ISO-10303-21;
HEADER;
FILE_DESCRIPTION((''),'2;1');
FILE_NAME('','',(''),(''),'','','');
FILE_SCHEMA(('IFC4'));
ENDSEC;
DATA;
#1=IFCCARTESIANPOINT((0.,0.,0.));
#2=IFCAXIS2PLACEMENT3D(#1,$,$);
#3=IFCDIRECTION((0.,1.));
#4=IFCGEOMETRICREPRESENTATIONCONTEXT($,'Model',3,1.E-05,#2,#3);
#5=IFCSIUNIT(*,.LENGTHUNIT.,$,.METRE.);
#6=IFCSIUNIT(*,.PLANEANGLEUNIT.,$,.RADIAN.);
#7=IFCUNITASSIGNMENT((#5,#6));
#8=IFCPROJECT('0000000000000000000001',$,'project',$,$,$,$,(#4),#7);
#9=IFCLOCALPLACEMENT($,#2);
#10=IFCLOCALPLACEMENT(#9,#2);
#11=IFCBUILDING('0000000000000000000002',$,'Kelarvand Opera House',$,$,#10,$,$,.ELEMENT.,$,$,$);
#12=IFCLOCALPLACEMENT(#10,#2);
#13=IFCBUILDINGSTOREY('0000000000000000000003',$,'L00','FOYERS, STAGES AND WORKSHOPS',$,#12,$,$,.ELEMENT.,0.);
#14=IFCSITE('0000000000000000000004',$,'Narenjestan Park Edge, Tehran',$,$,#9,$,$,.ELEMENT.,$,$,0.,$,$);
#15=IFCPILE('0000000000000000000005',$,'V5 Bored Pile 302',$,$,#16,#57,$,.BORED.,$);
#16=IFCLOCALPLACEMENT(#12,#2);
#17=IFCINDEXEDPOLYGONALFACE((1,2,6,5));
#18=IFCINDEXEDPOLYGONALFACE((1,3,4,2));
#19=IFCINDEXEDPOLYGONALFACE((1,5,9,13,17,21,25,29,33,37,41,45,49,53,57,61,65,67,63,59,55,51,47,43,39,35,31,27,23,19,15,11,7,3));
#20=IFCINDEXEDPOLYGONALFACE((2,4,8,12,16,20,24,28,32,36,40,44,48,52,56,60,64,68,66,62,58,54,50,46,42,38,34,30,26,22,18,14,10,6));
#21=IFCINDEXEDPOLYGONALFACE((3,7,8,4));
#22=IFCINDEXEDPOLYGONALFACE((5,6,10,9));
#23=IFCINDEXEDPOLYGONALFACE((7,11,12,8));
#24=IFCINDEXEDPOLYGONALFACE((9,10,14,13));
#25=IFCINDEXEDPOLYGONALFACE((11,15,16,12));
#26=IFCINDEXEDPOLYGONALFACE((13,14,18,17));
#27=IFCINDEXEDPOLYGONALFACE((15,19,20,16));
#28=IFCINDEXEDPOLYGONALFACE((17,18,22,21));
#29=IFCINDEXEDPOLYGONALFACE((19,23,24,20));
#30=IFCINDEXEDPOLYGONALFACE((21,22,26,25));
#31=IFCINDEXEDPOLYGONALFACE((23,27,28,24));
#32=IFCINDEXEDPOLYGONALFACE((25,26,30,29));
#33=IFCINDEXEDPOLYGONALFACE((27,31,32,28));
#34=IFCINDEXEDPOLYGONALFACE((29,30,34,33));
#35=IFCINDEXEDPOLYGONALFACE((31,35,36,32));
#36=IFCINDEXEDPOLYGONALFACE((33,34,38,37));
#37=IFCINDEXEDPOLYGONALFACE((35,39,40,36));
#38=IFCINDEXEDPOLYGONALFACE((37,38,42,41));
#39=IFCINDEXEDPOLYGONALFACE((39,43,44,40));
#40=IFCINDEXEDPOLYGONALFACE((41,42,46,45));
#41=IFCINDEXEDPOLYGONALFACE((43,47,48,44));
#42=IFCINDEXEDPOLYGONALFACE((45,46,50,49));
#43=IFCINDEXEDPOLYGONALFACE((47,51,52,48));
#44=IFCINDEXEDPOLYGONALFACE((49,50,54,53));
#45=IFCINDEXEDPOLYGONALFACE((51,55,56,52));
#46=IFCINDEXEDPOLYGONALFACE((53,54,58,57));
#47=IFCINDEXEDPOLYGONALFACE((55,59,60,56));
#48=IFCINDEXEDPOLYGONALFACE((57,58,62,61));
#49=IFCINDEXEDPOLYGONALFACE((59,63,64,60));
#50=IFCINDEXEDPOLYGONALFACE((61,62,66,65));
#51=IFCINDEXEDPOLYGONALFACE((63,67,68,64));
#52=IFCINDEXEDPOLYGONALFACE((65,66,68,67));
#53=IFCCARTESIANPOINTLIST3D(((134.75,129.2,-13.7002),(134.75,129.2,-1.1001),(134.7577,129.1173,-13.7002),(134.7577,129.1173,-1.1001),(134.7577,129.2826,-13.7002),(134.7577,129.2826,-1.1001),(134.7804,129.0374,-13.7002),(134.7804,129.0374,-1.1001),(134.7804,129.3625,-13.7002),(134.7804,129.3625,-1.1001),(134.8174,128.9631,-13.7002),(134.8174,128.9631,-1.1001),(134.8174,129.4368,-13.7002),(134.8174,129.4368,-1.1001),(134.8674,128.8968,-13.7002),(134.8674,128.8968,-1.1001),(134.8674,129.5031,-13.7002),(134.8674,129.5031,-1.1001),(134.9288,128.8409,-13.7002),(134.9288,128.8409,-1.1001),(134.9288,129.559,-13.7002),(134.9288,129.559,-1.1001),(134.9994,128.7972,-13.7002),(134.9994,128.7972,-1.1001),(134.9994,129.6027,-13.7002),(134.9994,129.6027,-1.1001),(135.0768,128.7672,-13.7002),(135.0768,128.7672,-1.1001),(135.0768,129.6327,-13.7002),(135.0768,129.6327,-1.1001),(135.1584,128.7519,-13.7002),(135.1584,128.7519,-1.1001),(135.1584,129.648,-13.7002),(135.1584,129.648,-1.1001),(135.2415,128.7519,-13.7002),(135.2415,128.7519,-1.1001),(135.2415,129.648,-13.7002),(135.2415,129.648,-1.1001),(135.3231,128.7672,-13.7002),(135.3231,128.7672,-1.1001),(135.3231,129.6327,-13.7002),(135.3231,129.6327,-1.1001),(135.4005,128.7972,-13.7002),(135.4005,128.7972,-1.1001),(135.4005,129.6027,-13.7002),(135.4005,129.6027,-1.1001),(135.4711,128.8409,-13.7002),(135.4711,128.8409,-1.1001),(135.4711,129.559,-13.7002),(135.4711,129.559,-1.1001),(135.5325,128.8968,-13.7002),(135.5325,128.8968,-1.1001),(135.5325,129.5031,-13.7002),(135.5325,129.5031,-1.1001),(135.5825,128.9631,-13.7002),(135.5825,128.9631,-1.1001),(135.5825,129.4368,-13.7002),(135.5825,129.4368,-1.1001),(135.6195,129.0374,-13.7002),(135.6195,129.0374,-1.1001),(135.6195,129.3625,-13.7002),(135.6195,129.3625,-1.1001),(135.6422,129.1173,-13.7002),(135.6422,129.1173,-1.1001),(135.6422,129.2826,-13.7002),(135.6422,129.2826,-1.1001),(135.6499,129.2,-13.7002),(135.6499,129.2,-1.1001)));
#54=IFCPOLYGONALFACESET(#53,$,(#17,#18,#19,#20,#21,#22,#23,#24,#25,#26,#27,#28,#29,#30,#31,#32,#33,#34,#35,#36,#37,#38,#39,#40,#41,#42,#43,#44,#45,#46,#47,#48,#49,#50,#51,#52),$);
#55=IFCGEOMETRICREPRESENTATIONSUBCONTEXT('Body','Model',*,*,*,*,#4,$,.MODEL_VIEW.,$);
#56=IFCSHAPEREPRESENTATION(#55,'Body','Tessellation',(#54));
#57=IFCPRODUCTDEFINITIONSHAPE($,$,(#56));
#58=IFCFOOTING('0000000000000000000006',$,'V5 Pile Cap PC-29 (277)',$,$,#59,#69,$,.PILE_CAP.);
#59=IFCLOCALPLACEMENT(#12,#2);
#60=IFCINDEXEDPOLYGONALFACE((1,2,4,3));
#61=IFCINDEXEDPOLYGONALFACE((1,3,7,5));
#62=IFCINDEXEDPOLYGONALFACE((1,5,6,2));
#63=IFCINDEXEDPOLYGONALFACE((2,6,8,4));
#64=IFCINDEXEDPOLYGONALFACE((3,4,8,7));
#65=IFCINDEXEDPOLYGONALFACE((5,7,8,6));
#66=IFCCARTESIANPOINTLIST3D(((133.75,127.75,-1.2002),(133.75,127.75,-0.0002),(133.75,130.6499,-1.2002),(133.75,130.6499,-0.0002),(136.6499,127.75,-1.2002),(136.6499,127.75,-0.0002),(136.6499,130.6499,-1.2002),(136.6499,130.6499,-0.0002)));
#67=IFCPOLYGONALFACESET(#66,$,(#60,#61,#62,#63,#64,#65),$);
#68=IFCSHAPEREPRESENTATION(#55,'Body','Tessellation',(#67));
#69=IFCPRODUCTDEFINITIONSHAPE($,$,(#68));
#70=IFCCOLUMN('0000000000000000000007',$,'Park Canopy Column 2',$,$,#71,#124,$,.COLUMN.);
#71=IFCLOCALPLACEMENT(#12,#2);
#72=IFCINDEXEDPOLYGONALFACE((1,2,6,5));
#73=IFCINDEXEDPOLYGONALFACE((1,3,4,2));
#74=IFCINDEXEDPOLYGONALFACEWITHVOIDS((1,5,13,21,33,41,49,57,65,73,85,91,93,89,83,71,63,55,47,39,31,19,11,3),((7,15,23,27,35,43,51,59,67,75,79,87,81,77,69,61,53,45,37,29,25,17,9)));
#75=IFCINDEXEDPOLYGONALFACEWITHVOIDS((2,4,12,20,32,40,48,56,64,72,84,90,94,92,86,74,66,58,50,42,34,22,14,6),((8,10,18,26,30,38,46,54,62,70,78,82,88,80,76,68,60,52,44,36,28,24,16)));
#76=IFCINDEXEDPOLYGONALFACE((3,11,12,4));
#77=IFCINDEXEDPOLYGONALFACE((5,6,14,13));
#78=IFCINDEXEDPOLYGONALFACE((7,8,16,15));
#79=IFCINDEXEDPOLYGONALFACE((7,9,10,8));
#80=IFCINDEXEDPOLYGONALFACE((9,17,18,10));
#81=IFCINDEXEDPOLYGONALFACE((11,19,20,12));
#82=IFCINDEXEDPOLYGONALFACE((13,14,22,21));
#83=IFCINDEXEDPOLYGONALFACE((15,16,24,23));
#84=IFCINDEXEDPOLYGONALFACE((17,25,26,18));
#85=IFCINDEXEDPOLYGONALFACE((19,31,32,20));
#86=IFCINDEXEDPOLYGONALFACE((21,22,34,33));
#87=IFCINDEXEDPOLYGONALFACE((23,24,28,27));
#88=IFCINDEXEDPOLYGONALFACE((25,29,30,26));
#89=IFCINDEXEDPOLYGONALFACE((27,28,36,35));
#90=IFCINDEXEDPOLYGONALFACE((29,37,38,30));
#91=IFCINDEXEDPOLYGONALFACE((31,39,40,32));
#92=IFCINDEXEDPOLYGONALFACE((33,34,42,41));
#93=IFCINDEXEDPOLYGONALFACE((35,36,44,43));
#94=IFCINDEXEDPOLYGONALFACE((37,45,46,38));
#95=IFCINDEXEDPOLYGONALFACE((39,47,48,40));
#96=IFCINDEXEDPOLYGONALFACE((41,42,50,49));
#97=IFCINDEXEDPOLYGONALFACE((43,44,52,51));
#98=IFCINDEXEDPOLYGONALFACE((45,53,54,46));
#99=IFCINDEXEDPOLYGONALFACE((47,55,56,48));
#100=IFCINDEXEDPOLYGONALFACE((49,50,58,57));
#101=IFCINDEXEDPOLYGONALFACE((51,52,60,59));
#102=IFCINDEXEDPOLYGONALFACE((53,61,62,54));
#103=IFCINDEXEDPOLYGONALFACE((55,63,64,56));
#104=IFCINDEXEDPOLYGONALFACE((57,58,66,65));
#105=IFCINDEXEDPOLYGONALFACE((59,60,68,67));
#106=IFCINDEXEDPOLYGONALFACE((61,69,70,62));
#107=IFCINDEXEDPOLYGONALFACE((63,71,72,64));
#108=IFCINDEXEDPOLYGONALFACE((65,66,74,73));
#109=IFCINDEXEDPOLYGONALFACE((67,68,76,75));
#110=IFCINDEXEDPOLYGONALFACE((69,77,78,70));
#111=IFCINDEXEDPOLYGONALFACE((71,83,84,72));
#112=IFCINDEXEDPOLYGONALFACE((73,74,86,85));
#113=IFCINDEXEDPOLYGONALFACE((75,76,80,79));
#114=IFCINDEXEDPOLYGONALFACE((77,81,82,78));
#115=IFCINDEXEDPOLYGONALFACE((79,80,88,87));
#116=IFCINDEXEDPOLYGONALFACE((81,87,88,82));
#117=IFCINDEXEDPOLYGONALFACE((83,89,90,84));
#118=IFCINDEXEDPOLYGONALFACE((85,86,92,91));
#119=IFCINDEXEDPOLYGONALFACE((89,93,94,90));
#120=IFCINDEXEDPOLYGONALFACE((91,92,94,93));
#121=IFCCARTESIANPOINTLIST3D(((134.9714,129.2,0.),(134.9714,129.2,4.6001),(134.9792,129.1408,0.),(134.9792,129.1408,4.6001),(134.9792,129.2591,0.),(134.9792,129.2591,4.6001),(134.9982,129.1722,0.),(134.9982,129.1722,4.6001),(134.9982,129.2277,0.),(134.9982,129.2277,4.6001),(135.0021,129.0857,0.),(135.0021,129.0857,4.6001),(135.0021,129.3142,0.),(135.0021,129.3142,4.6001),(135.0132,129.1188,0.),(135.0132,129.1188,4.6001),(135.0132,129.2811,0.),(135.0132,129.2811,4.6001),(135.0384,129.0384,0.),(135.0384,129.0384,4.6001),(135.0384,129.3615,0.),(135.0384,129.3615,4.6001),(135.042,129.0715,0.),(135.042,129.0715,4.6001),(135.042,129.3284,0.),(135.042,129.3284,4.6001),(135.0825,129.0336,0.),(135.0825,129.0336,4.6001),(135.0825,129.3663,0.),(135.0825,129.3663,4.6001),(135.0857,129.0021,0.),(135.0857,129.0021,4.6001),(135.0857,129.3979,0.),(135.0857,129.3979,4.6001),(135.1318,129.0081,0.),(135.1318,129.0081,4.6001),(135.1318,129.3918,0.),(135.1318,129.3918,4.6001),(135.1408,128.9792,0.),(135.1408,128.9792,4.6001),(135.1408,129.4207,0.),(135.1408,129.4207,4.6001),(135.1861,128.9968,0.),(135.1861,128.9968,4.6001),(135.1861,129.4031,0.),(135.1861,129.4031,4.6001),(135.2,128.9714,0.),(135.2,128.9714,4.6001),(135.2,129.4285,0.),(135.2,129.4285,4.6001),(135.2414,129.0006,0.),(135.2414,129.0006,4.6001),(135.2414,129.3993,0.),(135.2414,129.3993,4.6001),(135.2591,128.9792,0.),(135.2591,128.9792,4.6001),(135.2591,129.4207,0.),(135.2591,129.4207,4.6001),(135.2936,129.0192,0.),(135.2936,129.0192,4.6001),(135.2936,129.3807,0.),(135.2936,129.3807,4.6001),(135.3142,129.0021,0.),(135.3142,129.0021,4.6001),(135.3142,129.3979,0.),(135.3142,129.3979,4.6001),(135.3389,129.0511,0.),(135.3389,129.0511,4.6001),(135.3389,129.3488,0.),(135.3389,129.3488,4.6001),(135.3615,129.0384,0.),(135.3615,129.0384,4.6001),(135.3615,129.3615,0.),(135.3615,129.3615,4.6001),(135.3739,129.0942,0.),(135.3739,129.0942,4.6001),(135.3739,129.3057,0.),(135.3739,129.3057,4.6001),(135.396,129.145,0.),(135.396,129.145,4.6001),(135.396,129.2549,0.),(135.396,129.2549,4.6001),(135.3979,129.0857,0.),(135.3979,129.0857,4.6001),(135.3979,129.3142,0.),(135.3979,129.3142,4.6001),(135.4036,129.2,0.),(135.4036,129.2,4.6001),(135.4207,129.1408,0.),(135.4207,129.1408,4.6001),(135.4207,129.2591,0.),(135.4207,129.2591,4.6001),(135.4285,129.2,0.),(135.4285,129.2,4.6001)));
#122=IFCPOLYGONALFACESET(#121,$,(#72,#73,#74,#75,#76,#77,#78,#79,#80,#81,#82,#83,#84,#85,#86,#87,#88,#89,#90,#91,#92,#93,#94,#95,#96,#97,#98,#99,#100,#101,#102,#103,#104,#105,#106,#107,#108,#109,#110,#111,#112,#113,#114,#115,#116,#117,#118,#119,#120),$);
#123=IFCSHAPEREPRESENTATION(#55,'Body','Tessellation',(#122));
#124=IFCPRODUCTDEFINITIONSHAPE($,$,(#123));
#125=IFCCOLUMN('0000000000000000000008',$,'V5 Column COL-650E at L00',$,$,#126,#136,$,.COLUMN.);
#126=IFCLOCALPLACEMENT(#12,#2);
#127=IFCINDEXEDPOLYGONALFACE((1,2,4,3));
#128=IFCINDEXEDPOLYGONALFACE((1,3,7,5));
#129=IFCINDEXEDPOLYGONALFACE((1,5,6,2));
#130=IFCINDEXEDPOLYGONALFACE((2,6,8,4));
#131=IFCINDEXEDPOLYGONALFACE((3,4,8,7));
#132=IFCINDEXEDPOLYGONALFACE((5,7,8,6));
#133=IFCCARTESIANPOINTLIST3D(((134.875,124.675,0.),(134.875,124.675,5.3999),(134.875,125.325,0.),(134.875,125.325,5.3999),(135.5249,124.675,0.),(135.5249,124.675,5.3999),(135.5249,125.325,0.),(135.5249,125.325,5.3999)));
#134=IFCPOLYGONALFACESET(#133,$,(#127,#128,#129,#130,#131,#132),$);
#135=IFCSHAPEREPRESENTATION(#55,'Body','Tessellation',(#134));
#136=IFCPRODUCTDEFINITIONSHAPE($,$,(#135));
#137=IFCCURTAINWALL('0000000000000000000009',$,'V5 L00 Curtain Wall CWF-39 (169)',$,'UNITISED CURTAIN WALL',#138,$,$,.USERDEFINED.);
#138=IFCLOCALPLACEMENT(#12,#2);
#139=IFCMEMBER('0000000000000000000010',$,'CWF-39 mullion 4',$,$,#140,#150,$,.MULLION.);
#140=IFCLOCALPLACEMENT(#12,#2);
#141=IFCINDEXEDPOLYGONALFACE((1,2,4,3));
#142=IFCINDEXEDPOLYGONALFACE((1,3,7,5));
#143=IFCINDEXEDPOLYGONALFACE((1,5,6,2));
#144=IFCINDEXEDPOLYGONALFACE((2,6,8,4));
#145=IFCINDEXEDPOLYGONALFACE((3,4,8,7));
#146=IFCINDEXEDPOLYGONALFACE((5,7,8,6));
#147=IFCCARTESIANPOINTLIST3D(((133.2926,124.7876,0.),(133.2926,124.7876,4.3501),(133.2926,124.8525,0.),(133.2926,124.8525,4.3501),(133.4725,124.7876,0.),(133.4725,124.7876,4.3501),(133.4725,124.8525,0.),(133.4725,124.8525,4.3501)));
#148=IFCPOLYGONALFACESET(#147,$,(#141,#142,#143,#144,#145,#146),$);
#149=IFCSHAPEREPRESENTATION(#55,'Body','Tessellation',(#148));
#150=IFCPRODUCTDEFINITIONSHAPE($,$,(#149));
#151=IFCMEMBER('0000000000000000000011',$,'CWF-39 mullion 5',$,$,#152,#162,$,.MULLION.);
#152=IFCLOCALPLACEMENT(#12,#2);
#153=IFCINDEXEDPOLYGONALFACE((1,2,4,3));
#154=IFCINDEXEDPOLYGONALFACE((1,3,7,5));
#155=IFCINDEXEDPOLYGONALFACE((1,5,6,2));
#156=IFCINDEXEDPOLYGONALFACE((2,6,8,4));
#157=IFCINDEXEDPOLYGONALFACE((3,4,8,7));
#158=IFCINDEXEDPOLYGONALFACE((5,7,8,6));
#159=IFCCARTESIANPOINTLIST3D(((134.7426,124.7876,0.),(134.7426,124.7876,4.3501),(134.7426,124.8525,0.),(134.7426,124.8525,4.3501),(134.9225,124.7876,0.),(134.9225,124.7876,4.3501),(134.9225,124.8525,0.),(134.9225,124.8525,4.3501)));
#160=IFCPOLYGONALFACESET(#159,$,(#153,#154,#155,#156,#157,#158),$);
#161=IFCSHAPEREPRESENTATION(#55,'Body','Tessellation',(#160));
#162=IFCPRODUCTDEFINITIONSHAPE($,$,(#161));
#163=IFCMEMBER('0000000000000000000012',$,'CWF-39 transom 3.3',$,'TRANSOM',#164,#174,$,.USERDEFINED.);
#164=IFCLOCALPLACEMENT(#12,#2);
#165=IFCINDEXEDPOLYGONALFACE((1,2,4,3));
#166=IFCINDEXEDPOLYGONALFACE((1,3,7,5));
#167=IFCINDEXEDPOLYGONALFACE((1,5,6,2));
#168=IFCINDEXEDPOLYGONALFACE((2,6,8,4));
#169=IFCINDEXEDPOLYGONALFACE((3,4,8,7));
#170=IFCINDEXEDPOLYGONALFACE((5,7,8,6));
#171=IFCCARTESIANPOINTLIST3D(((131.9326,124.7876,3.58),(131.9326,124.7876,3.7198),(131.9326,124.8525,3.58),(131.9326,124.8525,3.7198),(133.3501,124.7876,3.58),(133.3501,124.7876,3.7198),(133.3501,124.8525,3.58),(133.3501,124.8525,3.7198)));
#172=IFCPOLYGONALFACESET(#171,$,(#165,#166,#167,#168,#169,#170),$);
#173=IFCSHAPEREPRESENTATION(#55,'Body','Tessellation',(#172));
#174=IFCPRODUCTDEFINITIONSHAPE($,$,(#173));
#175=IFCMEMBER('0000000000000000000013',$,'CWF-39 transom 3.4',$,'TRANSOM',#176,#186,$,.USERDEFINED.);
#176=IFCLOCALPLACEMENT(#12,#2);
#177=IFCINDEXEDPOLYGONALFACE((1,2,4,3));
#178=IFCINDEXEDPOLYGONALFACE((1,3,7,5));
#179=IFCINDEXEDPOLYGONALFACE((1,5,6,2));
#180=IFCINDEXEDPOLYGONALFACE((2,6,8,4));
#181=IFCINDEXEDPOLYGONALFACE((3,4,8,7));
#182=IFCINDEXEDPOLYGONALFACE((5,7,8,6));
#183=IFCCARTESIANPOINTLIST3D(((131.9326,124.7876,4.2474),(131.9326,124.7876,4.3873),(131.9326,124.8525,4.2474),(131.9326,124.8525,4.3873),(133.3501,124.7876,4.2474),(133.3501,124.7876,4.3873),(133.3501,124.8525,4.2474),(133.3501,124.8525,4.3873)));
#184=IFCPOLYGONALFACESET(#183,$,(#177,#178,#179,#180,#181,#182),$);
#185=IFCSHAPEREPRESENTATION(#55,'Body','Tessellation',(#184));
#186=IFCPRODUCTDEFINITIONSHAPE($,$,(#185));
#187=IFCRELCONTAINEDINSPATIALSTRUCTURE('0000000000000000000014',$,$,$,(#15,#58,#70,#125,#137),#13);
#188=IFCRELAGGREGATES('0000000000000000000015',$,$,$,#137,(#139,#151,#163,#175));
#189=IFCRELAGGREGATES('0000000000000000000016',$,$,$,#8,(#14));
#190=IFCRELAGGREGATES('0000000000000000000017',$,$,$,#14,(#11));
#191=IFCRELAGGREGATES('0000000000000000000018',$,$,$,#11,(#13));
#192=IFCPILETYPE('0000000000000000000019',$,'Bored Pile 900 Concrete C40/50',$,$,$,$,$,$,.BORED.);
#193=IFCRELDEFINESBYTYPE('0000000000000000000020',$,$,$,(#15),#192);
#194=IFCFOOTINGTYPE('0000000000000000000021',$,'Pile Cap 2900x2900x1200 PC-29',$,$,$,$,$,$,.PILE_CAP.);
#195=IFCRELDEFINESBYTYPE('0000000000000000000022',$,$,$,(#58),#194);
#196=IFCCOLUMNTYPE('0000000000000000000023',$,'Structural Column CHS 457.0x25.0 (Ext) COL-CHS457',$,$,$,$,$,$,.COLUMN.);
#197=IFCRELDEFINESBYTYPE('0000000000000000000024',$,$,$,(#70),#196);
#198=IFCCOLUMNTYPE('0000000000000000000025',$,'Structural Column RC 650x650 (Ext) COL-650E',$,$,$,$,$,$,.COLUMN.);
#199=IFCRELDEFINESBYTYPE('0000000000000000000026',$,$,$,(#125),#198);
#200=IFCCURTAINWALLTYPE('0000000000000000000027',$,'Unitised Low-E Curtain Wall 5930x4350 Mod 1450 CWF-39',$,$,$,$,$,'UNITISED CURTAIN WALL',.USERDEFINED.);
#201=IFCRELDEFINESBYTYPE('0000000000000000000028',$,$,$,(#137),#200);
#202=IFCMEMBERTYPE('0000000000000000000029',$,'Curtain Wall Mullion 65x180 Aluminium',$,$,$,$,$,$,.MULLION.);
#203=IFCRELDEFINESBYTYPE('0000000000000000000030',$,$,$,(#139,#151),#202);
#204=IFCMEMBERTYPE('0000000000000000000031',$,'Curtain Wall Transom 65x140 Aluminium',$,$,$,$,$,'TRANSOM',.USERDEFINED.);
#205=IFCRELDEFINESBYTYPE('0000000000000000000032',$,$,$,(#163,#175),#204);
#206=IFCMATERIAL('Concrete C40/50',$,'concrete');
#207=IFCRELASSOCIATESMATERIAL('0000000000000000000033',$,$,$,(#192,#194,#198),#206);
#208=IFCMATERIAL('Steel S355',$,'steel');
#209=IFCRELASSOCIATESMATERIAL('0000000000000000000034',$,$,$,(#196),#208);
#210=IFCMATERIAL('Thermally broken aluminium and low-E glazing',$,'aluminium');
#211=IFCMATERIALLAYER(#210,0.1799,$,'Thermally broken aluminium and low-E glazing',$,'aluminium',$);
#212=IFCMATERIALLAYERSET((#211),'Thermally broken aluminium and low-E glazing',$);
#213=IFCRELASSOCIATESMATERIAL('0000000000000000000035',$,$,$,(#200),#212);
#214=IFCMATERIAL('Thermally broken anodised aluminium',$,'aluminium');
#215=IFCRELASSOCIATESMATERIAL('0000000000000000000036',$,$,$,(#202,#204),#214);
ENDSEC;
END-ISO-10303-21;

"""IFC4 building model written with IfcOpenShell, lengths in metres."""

from ifc_helpers import new_model, si_unit, direction, frame, origin, origin_2d, place, context, subcontext, project, spatial, rectangle, circle, hollow_circle, extrude, material, layer, layer_set, material_profile, profile_set, type_object, element, aggregate, save


model = new_model("IFC4")

# Units and contexts
model_context = context("Model", 3, precision=1e-05, world=origin(), true_north=direction((0.0, 1.0)))
body_context = subcontext(model_context, "Body", "Model", "MODEL_VIEW")
ifc_project = project(units=[si_unit("LENGTHUNIT", "METRE"), si_unit("PLANEANGLEUNIT", "RADIAN")], contexts=[model_context])

# Site, building, storey
site_placement = place(None, origin())
site = spatial("IfcSite", under=ifc_project, at=site_placement, Name="Narenjestan Park Edge, Tehran", CompositionType="ELEMENT", RefElevation=0.0)
building_placement = place(site_placement, origin())
building = spatial("IfcBuilding", under=site, at=building_placement, Name="Kelarvand Opera House", CompositionType="ELEMENT")
storey_placement = place(building_placement, origin())
storey = spatial("IfcBuildingStorey", under=building, at=storey_placement, Name="L00", Description="FOYERS, STAGES AND WORKSHOPS", CompositionType="ELEMENT", Elevation=0.0)

# Pile
ifc_material_1 = material(Name="Concrete C40/50", Category="concrete")
ifc_material_profile_1 = material_profile(ifc_material_1, circle(Radius=0.45, at=origin_2d()), Name="BP 900", Category="concrete")
ifc_profile_set_1 = profile_set([ifc_material_profile_1], Name="Concrete C40/50")
pile_type = type_object("IfcPileType", Name="Bored Pile 900 Concrete C40/50", PredefinedType="BORED", material=ifc_profile_set_1)
pile_placement = place(storey_placement, frame((135.2, 129.2, -1.1001), z_axis=(0.0, 0.0, -1.0), x_axis=(1.0, 0.0, 0.0)))
element("IfcPile", 1, at=pile_placement, inside=storey, type_object=pile_type, Name="V5 Bored Pile 302", PredefinedType="BORED", context=body_context, shape_type="SweptSolid", body=[
    extrude(circle(Radius=0.45, at=origin_2d()), origin(), (0.0, 0.0, 1.0), 12.6001),
])

# Footing
footing_type = type_object("IfcFootingType", Name="Pile Cap 2900x2900x1200 PC-29", PredefinedType="PILE_CAP", material=ifc_material_1)
footing_placement = place(storey_placement, frame((135.2, 129.2, -1.2002), z_axis=(0.0, 0.0, 1.0), x_axis=(1.0, 0.0, 0.0)))
element("IfcFooting", 2, at=footing_placement, inside=storey, type_object=footing_type, Name="V5 Pile Cap PC-29 (277)", PredefinedType="PILE_CAP", context=body_context, shape_type="SweptSolid", body=[
    extrude(rectangle(XDim=2.8999, YDim=2.8999, at=origin_2d()), origin(), (0.0, 0.0, 1.0), 1.2),
])

# Columns
ifc_material_2 = material(Name="Steel S355", Category="steel")
ifc_material_profile_2 = material_profile(ifc_material_2, hollow_circle(Radius=0.2285, WallThickness=0.0249, at=origin_2d()), Name="CHS 457.0x25.0", Category="steel")
ifc_profile_set_2 = profile_set([ifc_material_profile_2], Name="Steel S355")
column_type_1 = type_object("IfcColumnType", Name="Structural Column CHS 457.0x25.0 (Ext) COL-CHS457", PredefinedType="COLUMN", material=ifc_profile_set_2)
column_1_placement = place(storey_placement, frame((135.2, 129.2, 0.0), z_axis=(0.0, 0.0, 1.0), x_axis=(1.0, 0.0, 0.0)))
element("IfcColumn", 3, at=column_1_placement, inside=storey, type_object=column_type_1, Name="Park Canopy Column 2", PredefinedType="COLUMN", context=body_context, shape_type="SweptSolid", body=[
    extrude(hollow_circle(Radius=0.2285, WallThickness=0.0249, at=origin_2d()), origin(), (0.0, 0.0, 1.0), 4.6001),
])
ifc_material_profile_3 = material_profile(ifc_material_1, rectangle(XDim=0.6499, YDim=0.6499, at=origin_2d()), Name="RC 650x650", Category="concrete")
ifc_profile_set_3 = profile_set([ifc_material_profile_3], Name="Concrete C40/50")
column_type_2 = type_object("IfcColumnType", Name="Structural Column RC 650x650 (Ext) COL-650E", PredefinedType="COLUMN", material=ifc_profile_set_3)
column_2_placement = place(storey_placement, frame((135.2, 125.0, 0.0), z_axis=(0.0, 0.0, 1.0), x_axis=(1.0, 0.0, 0.0)))
element("IfcColumn", 4, at=column_2_placement, inside=storey, type_object=column_type_2, Name="V5 Column COL-650E at L00", PredefinedType="COLUMN", context=body_context, shape_type="SweptSolid", body=[
    extrude(rectangle(XDim=0.6499, YDim=0.6499, at=origin_2d()), origin(), (0.0, 0.0, 1.0), 5.3999),
])

# Curtain wall, members
ifc_material_3 = material(Name="Thermally broken aluminium and low-E glazing", Category="aluminium")
ifc_layer_1 = layer(ifc_material_3, 0.1799, Name="Thermally broken aluminium and low-E glazing", Category="aluminium")
ifc_layer_set_1 = layer_set([ifc_layer_1], Name="Thermally broken aluminium and low-E glazing")
curtain_wall_type = type_object("IfcCurtainWallType", Name="Unitised Low-E Curtain Wall 5930x4350 Mod 1450 CWF-39", ElementType="UNITISED CURTAIN WALL", PredefinedType="USERDEFINED", material=ifc_layer_set_1)
curtain_wall_placement = place(storey_placement, origin())
curtain_wall = element("IfcCurtainWall", 5, at=curtain_wall_placement, inside=storey, type_object=curtain_wall_type, Name="V5 L00 Curtain Wall CWF-39 (169)", ObjectType="UNITISED CURTAIN WALL", PredefinedType="USERDEFINED")
ifc_material_4 = material(Name="Thermally broken anodised aluminium", Category="aluminium")
ifc_material_profile_4 = material_profile(ifc_material_4, rectangle(XDim=0.0649, YDim=0.1799, at=origin_2d()), Name="ALU MULLION 65x180", Category="aluminium")
ifc_profile_set_4 = profile_set([ifc_material_profile_4], Name="Thermally broken anodised aluminium")
member_type_1 = type_object("IfcMemberType", Name="Curtain Wall Mullion 65x180 Aluminium", PredefinedType="MULLION", material=ifc_profile_set_4)
member_1_placement = place(storey_placement, frame((133.3826, 124.8201, 0.0), z_axis=(0.0, 0.0, 1.0), x_axis=(0.0, 1.0, 0.0)))
member_1 = element("IfcMember", 6, at=member_1_placement, type_object=member_type_1, Name="CWF-39 mullion 4", PredefinedType="MULLION", context=body_context, shape_type="SweptSolid", body=[
    extrude(rectangle(XDim=0.0649, YDim=0.1799, at=origin_2d()), origin(), (0.0, 0.0, 1.0), 4.3501),
])
member_2_placement = place(storey_placement, frame((134.8325, 124.8201, 0.0), z_axis=(0.0, 0.0, 1.0), x_axis=(0.0, 1.0, 0.0)))
member_2 = element("IfcMember", 7, at=member_2_placement, type_object=member_type_1, Name="CWF-39 mullion 5", PredefinedType="MULLION", context=body_context, shape_type="SweptSolid", body=[
    extrude(rectangle(XDim=0.0649, YDim=0.1799, at=origin_2d()), origin(), (0.0, 0.0, 1.0), 4.3501),
])
ifc_material_profile_5 = material_profile(ifc_material_4, rectangle(XDim=0.0649, YDim=0.1399, at=origin_2d()), Name="ALU TRANSOM 65x140", Category="aluminium")
ifc_profile_set_5 = profile_set([ifc_material_profile_5], Name="Thermally broken anodised aluminium")
member_type_2 = type_object("IfcMemberType", Name="Curtain Wall Transom 65x140 Aluminium", ElementType="TRANSOM", PredefinedType="USERDEFINED", material=ifc_profile_set_5)
member_3_placement = place(storey_placement, frame((131.9326, 124.8201, 3.6499), z_axis=(1.0, 0.0, 0.0), x_axis=(0.0, 1.0, 0.0)))
member_3 = element("IfcMember", 8, at=member_3_placement, type_object=member_type_2, Name="CWF-39 transom 3.3", ObjectType="TRANSOM", PredefinedType="USERDEFINED", context=body_context, shape_type="SweptSolid", body=[
    extrude(rectangle(XDim=0.0649, YDim=0.1399, at=origin_2d()), origin(), (0.0, 0.0, 1.0), 1.4175),
])
member_4_placement = place(storey_placement, frame((131.9326, 124.8201, 4.3174), z_axis=(1.0, 0.0, 0.0), x_axis=(0.0, 1.0, 0.0)))
member_4 = element("IfcMember", 9, at=member_4_placement, type_object=member_type_2, Name="CWF-39 transom 3.4", ObjectType="TRANSOM", PredefinedType="USERDEFINED", context=body_context, shape_type="SweptSolid", body=[
    extrude(rectangle(XDim=0.0649, YDim=0.1399, at=origin_2d()), origin(), (0.0, 0.0, 1.0), 1.4175),
])

aggregate(curtain_wall, [member_1, member_2, member_3, member_4])

save(model, "model.ifc")
